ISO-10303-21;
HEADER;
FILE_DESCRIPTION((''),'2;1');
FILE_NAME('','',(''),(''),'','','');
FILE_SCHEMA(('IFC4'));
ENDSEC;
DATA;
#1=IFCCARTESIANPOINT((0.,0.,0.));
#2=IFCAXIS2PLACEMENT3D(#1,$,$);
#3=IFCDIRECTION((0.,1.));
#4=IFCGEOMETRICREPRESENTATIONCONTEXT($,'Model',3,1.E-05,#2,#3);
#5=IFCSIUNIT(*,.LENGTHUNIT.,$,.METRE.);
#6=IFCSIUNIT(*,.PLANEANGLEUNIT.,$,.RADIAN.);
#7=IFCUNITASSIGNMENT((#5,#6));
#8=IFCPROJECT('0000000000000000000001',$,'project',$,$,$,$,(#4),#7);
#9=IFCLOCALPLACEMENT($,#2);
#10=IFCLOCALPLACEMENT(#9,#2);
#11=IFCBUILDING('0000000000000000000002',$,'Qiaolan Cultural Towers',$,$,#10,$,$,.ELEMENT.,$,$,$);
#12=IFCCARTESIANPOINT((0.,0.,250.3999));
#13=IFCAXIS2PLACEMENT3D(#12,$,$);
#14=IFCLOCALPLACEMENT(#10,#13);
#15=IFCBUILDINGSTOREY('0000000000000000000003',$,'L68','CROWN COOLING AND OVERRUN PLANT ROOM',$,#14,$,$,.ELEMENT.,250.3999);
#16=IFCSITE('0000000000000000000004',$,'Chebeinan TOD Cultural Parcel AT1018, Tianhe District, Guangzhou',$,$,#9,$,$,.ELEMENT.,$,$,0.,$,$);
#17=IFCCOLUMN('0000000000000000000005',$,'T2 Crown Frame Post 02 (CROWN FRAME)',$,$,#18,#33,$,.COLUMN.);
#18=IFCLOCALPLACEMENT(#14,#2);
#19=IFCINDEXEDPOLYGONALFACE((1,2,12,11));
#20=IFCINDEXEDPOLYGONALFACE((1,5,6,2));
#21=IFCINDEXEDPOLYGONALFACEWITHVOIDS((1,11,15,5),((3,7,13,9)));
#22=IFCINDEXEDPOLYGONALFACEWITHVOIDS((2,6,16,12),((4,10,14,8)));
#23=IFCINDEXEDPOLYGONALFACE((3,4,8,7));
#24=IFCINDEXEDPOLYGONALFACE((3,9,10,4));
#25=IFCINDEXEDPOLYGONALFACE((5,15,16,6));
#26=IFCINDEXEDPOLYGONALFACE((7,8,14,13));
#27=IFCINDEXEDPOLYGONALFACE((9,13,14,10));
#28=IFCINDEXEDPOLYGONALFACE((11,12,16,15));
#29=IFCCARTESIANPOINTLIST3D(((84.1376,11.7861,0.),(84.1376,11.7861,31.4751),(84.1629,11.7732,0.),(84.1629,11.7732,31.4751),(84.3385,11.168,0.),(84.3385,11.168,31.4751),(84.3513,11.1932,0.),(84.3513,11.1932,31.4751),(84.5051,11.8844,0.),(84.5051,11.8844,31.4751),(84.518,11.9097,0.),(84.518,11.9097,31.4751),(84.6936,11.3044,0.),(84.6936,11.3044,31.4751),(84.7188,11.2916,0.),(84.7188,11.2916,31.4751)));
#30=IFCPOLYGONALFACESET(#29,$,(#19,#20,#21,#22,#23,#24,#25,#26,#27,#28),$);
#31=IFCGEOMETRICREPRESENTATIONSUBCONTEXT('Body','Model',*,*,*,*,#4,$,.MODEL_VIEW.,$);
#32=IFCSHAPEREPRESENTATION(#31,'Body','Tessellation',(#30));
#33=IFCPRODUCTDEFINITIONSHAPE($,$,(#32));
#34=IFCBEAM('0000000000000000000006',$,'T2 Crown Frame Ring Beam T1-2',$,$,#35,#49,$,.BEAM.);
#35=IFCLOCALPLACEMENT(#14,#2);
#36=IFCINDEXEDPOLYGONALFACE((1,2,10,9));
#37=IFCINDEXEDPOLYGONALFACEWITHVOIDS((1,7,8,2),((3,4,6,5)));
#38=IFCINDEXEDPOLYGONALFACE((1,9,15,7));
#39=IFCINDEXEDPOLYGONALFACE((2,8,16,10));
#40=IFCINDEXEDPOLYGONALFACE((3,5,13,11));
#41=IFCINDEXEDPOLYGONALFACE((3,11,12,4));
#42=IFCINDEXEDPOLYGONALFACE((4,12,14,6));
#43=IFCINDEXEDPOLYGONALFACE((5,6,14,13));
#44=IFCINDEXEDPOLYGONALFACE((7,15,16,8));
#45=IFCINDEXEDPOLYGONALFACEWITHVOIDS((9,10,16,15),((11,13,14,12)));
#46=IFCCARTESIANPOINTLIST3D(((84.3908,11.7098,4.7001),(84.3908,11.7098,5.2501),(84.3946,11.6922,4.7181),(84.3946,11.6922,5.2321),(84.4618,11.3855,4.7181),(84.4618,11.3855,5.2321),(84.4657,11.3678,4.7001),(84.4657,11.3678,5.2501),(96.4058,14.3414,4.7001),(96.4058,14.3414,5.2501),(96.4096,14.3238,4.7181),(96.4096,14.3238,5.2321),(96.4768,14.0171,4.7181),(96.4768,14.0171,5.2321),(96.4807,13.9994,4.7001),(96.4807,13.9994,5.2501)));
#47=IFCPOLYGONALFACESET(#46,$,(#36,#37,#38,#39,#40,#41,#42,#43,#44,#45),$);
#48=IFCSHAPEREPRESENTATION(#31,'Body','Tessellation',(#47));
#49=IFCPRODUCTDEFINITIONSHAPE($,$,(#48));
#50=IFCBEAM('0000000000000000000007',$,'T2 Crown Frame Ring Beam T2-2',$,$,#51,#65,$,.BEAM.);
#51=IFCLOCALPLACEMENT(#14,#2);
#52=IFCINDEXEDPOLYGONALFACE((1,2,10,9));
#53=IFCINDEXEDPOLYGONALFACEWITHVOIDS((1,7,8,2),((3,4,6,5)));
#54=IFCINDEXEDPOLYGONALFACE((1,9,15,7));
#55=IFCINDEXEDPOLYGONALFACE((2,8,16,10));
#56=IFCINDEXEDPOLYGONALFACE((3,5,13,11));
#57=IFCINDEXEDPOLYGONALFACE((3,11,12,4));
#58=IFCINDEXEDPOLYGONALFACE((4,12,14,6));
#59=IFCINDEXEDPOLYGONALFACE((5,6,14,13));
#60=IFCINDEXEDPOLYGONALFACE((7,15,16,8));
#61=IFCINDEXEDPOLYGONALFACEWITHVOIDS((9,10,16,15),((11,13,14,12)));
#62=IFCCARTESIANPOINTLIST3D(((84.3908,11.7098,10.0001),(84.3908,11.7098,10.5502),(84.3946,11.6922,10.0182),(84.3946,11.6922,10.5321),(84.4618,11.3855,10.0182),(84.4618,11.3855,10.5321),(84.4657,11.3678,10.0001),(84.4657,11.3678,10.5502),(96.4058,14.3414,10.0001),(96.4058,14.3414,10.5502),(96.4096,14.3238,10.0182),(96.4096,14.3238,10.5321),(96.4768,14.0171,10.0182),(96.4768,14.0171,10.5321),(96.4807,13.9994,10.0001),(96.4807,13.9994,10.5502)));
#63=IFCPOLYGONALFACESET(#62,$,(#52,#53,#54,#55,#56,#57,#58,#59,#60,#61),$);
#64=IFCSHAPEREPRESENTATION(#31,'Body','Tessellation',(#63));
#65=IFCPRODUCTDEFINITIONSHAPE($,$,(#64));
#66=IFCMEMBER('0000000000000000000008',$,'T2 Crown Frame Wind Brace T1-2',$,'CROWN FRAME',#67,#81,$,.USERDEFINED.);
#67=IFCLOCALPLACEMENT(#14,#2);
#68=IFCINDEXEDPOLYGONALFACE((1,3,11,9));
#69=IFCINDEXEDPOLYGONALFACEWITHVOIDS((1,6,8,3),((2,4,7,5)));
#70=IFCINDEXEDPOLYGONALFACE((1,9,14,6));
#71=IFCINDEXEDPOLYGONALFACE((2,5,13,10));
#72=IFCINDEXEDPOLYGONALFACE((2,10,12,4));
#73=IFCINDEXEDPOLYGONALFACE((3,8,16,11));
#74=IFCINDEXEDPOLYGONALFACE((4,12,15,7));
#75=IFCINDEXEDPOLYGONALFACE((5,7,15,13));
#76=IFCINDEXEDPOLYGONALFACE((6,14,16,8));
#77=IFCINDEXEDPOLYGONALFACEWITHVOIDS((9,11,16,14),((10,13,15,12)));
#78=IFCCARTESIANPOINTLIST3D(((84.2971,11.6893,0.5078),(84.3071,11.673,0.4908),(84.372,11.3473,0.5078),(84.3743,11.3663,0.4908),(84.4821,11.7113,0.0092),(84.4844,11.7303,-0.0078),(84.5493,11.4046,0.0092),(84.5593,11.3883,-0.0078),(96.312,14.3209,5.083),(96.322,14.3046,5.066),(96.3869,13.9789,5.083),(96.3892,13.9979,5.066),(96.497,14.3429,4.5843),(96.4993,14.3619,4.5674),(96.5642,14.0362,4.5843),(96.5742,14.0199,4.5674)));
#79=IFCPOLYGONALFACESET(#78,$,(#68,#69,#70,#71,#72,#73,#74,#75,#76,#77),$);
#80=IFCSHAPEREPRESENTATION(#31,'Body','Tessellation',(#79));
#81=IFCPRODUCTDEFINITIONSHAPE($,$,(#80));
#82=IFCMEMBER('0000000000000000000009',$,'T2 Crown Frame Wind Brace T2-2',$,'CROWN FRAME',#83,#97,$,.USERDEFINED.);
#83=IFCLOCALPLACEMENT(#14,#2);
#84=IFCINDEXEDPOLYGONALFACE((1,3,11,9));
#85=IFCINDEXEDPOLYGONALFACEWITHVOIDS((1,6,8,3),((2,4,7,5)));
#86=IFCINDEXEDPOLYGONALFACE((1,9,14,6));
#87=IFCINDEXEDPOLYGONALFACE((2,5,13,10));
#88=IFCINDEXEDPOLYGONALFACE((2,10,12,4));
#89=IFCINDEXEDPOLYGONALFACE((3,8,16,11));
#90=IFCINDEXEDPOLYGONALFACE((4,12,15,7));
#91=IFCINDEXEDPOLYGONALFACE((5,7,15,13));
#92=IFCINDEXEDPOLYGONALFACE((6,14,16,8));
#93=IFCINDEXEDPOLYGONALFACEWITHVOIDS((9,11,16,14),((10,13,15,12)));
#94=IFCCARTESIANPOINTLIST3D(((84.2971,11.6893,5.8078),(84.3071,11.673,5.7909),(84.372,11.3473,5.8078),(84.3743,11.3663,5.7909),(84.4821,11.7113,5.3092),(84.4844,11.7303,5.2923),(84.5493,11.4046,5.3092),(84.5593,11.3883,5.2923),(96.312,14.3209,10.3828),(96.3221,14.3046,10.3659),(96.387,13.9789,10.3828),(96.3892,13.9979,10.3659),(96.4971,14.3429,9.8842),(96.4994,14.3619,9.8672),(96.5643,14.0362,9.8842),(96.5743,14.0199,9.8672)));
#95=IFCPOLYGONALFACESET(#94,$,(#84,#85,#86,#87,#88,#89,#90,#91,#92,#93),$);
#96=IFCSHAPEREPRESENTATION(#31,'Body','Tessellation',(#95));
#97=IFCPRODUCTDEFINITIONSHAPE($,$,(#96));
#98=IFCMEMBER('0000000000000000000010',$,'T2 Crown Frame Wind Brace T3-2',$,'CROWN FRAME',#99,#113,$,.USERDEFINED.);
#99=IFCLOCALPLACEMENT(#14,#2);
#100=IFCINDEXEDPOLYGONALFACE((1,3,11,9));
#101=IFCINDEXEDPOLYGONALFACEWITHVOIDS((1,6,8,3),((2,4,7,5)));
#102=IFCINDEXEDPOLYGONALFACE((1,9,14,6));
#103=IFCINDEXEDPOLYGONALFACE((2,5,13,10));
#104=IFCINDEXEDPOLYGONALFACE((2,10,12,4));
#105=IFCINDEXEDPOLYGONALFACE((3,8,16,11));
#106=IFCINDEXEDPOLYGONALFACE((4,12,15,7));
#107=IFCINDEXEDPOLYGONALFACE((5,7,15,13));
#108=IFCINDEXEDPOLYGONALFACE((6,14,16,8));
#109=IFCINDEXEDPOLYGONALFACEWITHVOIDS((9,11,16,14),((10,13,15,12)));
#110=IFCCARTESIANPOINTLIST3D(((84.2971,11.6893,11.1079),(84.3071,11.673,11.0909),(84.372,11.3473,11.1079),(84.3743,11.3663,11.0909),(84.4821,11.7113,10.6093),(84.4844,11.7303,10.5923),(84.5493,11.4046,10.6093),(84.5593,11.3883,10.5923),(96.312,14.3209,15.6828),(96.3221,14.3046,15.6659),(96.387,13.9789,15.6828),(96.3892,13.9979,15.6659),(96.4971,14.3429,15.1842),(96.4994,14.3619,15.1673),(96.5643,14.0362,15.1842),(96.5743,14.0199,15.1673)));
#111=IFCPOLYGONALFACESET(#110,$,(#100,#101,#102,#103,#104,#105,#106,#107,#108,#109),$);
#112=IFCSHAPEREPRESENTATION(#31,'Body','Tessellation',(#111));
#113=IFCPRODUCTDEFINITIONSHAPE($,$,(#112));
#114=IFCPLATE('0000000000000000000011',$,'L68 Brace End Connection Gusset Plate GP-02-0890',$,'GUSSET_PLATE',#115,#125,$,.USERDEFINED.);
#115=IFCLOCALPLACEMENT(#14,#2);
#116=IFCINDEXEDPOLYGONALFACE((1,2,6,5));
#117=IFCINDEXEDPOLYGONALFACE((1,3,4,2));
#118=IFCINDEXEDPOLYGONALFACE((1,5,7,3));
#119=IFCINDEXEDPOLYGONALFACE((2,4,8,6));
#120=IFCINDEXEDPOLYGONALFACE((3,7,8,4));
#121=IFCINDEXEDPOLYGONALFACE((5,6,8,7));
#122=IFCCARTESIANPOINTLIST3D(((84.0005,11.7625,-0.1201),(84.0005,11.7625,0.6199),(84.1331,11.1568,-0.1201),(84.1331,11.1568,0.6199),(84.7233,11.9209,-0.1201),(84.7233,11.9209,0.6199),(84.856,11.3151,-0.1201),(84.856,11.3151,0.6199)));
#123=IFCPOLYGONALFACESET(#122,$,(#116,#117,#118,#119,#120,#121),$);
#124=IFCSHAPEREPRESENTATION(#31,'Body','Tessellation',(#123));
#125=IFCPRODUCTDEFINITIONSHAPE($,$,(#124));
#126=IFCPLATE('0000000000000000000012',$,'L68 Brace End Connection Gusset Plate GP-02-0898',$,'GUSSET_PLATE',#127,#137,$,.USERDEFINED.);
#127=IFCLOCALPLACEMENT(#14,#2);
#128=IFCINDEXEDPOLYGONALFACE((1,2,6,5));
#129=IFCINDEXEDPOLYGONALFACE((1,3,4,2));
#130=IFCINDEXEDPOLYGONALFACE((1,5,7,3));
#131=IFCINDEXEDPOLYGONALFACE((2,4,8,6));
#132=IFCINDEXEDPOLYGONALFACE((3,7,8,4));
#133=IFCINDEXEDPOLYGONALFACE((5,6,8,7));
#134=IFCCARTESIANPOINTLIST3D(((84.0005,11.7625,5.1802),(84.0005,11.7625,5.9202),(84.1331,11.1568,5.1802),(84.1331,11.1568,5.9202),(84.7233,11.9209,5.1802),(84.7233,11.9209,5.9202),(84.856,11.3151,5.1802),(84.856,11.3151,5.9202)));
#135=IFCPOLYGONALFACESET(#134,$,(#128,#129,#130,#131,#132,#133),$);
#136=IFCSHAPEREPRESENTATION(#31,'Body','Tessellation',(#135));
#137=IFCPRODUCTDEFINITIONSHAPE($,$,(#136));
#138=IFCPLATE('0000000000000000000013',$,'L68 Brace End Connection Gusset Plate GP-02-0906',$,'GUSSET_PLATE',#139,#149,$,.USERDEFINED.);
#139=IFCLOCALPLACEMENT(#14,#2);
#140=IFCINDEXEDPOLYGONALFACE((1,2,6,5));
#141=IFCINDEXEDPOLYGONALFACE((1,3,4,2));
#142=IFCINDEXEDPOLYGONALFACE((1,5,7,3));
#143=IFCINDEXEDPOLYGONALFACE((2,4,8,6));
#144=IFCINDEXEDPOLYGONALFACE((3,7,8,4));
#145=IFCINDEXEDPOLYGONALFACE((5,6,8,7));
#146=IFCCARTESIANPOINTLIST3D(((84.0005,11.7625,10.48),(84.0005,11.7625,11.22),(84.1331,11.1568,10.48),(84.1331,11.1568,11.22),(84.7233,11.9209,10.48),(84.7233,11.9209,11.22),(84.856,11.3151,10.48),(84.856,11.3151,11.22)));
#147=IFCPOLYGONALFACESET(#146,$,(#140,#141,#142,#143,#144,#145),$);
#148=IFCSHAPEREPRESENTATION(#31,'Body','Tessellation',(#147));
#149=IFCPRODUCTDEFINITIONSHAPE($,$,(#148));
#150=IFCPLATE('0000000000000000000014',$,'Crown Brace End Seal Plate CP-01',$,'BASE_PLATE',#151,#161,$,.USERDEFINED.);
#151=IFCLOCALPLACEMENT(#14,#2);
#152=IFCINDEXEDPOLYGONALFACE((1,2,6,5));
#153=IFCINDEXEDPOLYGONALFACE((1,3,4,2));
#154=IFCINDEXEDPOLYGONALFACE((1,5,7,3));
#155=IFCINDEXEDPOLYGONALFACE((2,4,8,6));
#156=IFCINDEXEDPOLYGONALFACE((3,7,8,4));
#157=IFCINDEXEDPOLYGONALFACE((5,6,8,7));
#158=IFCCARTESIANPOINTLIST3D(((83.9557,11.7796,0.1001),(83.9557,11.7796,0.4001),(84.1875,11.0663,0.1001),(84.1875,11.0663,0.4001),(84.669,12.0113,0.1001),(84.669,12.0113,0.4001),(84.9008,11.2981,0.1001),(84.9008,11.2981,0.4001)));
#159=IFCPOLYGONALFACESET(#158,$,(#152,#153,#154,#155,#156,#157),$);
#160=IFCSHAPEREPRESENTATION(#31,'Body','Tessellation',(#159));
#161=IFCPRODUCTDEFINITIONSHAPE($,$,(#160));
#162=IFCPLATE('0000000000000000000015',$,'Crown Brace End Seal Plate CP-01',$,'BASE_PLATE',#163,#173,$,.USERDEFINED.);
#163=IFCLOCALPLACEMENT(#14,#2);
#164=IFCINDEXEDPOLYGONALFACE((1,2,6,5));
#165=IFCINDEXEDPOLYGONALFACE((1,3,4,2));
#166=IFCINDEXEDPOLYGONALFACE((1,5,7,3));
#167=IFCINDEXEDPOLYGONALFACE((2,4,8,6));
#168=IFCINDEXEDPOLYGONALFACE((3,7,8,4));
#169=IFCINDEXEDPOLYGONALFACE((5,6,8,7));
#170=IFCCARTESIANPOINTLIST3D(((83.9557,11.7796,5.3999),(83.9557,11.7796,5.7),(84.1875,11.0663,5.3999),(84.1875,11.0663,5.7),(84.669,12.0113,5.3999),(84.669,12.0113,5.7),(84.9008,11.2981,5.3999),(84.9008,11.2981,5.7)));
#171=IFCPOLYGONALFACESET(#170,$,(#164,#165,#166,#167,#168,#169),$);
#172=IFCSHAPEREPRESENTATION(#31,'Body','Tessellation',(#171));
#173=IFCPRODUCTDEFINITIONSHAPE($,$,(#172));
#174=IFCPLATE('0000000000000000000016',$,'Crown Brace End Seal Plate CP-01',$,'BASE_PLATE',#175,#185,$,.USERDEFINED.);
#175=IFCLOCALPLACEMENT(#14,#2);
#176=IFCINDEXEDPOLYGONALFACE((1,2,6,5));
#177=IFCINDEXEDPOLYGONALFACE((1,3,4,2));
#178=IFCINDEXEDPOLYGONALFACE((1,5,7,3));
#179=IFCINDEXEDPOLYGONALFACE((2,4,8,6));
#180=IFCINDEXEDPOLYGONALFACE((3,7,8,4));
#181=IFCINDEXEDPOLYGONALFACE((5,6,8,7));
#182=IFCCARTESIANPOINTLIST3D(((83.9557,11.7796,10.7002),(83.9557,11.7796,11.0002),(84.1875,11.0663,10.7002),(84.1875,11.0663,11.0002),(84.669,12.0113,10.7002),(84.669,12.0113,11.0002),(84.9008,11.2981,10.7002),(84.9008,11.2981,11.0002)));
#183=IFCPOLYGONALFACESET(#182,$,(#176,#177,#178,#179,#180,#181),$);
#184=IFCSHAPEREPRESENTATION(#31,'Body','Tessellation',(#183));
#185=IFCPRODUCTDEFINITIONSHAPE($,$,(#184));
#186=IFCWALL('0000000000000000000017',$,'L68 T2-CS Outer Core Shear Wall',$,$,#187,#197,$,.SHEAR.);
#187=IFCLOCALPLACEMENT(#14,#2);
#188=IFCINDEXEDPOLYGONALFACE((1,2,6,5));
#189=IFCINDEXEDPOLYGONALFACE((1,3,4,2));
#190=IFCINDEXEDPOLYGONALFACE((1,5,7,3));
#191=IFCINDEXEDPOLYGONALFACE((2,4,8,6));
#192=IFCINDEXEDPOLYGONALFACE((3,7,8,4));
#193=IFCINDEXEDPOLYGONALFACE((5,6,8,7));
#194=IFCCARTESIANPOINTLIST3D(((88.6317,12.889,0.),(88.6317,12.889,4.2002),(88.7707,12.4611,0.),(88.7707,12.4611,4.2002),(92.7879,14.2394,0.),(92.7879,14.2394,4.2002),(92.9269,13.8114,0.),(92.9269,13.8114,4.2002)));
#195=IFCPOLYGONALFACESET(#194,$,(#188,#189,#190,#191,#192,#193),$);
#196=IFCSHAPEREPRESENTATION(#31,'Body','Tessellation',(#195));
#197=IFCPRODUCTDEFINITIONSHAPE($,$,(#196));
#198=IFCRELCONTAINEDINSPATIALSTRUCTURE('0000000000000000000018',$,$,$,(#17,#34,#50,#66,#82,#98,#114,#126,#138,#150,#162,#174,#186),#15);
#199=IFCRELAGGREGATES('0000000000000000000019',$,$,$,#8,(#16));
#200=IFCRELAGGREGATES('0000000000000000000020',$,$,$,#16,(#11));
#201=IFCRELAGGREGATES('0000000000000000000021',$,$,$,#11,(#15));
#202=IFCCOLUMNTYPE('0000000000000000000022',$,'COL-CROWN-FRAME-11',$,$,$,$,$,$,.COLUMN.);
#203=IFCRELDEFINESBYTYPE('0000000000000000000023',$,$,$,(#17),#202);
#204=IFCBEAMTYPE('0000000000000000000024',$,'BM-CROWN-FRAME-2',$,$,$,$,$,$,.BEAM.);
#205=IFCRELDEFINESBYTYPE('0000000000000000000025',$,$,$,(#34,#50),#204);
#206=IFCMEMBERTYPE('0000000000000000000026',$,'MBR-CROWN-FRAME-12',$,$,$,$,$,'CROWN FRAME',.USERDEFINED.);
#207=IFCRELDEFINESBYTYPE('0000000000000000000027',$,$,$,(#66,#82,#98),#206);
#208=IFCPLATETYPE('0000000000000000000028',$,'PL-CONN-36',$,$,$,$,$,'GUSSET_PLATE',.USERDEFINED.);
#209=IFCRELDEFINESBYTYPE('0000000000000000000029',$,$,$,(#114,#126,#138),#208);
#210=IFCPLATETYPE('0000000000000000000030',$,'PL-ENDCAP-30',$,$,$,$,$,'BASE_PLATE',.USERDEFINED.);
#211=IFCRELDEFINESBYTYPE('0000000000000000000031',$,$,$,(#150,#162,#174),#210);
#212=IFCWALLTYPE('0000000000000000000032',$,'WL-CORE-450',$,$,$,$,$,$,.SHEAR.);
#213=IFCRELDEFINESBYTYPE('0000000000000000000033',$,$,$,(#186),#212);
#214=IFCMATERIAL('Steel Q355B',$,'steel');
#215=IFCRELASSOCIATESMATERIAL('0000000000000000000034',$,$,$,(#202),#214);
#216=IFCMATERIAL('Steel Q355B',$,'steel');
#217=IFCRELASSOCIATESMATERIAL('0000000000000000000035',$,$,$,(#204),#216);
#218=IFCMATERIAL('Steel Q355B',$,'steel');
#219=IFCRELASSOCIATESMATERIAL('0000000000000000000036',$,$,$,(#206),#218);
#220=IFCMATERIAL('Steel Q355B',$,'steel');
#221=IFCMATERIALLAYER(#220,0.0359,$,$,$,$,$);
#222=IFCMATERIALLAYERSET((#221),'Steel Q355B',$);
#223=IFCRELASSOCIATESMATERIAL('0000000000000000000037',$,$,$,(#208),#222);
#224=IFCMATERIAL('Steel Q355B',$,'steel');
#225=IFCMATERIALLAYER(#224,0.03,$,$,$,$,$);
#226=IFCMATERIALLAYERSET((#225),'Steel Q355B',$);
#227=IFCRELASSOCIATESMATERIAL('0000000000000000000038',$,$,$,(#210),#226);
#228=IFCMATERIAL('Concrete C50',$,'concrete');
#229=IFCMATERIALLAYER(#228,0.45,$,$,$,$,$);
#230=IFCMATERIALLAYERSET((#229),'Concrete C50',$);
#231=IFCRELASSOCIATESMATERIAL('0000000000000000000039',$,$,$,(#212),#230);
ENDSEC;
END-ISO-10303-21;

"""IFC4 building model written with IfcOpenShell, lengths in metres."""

from ifc_helpers import new_model, si_unit, direction, frame, frame_2d, origin, origin_2d, place, context, subcontext, project, spatial, rectangle, hollow_rectangle, extrude, material, layer, layer_set, material_profile, profile_set, type_object, element, save


model = new_model("IFC4")

# Units and contexts
model_context = context("Model", 3, precision=1e-05, world=origin(), true_north=direction((0.0, 1.0)))
body_context = subcontext(model_context, "Body", "Model", "MODEL_VIEW")
ifc_project = project(units=[si_unit("LENGTHUNIT", "METRE"), si_unit("PLANEANGLEUNIT", "RADIAN")], contexts=[model_context])

# Site, building, storey
site_placement = place(None, origin())
site = spatial("IfcSite", under=ifc_project, at=site_placement, Name="Chebeinan TOD Cultural Parcel AT1018, Tianhe District, Guangzhou", CompositionType="ELEMENT", RefElevation=0.0)
building_placement = place(site_placement, origin())
building = spatial("IfcBuilding", under=site, at=building_placement, Name="Qiaolan Cultural Towers", CompositionType="ELEMENT")
storey_placement = place(building_placement, frame((0.0, 0.0, 250.3999)))
storey = spatial("IfcBuildingStorey", under=building, at=storey_placement, Name="L68", Description="CROWN COOLING AND OVERRUN PLANT ROOM", CompositionType="ELEMENT", Elevation=250.3999)

# Column
ifc_material_1 = material(Name="Steel Q355B", Category="steel")
ifc_material_profile_1 = material_profile(ifc_material_1, hollow_rectangle(XDim=0.3999, YDim=0.6499, WallThickness=0.02, at=origin_2d()), Name="BOX650x400x20")
ifc_profile_set_1 = profile_set([ifc_material_profile_1], Name="Steel Q355B")
column_type = type_object("IfcColumnType", Name="COL-CROWN-FRAME-11", PredefinedType="COLUMN", material=ifc_profile_set_1)
column_placement = place(storey_placement, frame((84.4282, 11.5388, 0.0), z_axis=(0.0, 0.0, 1.0), x_axis=(0.951057, 0.309017, 0.0)))
element("IfcColumn", 1, at=column_placement, inside=storey, type_object=column_type, Name="T2 Crown Frame Post 02 (CROWN FRAME)", PredefinedType="COLUMN", context=body_context, shape_type="SweptSolid", body=[
    extrude(hollow_rectangle(XDim=0.3999, YDim=0.6499, WallThickness=0.02, at=origin_2d()), origin(), (0.0, 0.0, 1.0), 31.4751),
])

# Beams
ifc_material_2 = material(Name="Steel Q355B", Category="steel")
ifc_material_profile_2 = material_profile(ifc_material_2, hollow_rectangle(XDim=0.3501, YDim=0.55, WallThickness=0.0181, at=origin_2d()), Name="BOX550x350x18")
ifc_profile_set_2 = profile_set([ifc_material_profile_2], Name="Steel Q355B")
beam_type = type_object("IfcBeamType", Name="BM-CROWN-FRAME-2", PredefinedType="BEAM", material=ifc_profile_set_2)
for number, where, z_axis, x_axis, name in (
    (2, (84.4282, 11.5388, 4.9751), (0.976843, 0.213956, 0.0), (-0.213956, 0.976843, 0.0), "T2 Crown Frame Ring Beam T1-2"),
    (3, (84.4282, 11.5388, 10.2751), (0.976843, 0.213956, 0.0), (-0.213956, 0.976843, 0.0), "T2 Crown Frame Ring Beam T2-2"),
):
    element("IfcBeam", number, at=place(storey_placement, frame(where, z_axis=z_axis, x_axis=x_axis)), inside=storey, type_object=beam_type, Name=name, PredefinedType="BEAM", context=body_context, shape_type="SweptSolid", body=[
        extrude(hollow_rectangle(XDim=0.3501, YDim=0.55, WallThickness=0.0181, at=origin_2d()), origin(), (0.0, 0.0, 1.0), 12.2998),
    ])

# Members
ifc_material_3 = material(Name="Steel Q355B", Category="steel")
ifc_material_profile_3 = material_profile(ifc_material_3, hollow_rectangle(XDim=0.3501, YDim=0.55, WallThickness=0.0181, at=origin_2d()), Name="BOX550x350x18")
ifc_profile_set_3 = profile_set([ifc_material_profile_3], Name="Steel Q355B")
member_type = type_object("IfcMemberType", Name="MBR-CROWN-FRAME-12", ElementType="CROWN FRAME", PredefinedType="USERDEFINED", material=ifc_profile_set_3)
for number, where, z_axis, x_axis, name in (
    (4, (84.4282, 11.5388, 0.25), (0.915554, 0.200532, 0.348637), (-0.213956, 0.976843, 0.0), "T2 Crown Frame Wind Brace T1-2"),
    (5, (84.4282, 11.5388, 5.55), (0.91556, 0.200533, 0.348621), (-0.213956, 0.976843, 0.0), "T2 Crown Frame Wind Brace T2-2"),
    (6, (84.4282, 11.5388, 10.8501), (0.91556, 0.200533, 0.348621), (-0.213956, 0.976843, 0.0), "T2 Crown Frame Wind Brace T3-2"),
):
    element("IfcMember", number, at=place(storey_placement, frame(where, z_axis=z_axis, x_axis=x_axis)), inside=storey, type_object=member_type, Name=name, ObjectType="CROWN FRAME", PredefinedType="USERDEFINED", context=body_context, shape_type="SweptSolid", body=[
        extrude(hollow_rectangle(XDim=0.3501, YDim=0.55, WallThickness=0.0181, at=origin_2d()), origin(), (0.0, 0.0, 1.0), 13.123),
    ])

# Plates
ifc_material_4 = material(Name="Steel Q355B", Category="steel")
ifc_layer_1 = layer(ifc_material_4, 0.0359)
ifc_layer_set_1 = layer_set([ifc_layer_1], Name="Steel Q355B")
plate_type_1 = type_object("IfcPlateType", Name="PL-CONN-36", ElementType="GUSSET_PLATE", PredefinedType="USERDEFINED", material=ifc_layer_set_1)
for number, where, z_axis, x_axis, name in (
    (7, (84.4282, 11.5388, -0.1201), (0.0, 0.0, 1.0), (0.976843, 0.213956, 0.0), "L68 Brace End Connection Gusset Plate GP-02-0890"),
    (8, (84.4282, 11.5388, 5.1802), (0.0, 0.0, 1.0), (0.976843, 0.213956, 0.0), "L68 Brace End Connection Gusset Plate GP-02-0898"),
    (9, (84.4282, 11.5388, 10.48), (0.0, 0.0, 1.0), (0.976843, 0.213956, 0.0), "L68 Brace End Connection Gusset Plate GP-02-0906"),
):
    element("IfcPlate", number, at=place(storey_placement, frame(where, z_axis=z_axis, x_axis=x_axis)), inside=storey, type_object=plate_type_1, Name=name, ObjectType="GUSSET_PLATE", PredefinedType="USERDEFINED", context=body_context, shape_type="SweptSolid", body=[
        extrude(rectangle(XDim=0.74, YDim=0.6201, at=origin_2d()), origin(), (0.0, 0.0, 1.0), 0.74),
    ])
ifc_material_5 = material(Name="Steel Q355B", Category="steel")
ifc_layer_2 = layer(ifc_material_5, 0.03)
ifc_layer_set_2 = layer_set([ifc_layer_2], Name="Steel Q355B")
plate_type_2 = type_object("IfcPlateType", Name="PL-ENDCAP-30", ElementType="BASE_PLATE", PredefinedType="USERDEFINED", material=ifc_layer_set_2)
for number, where, z_axis, x_axis, name in (
    (10, (84.4282, 11.5388, 0.1001), (0.0, 0.0, 1.0), (0.951057, 0.309017, 0.0), "Crown Brace End Seal Plate CP-01"),
    (11, (84.4282, 11.5388, 5.3999), (0.0, 0.0, 1.0), (0.951057, 0.309017, 0.0), "Crown Brace End Seal Plate CP-01"),
    (12, (84.4282, 11.5388, 10.7002), (0.0, 0.0, 1.0), (0.951057, 0.309017, 0.0), "Crown Brace End Seal Plate CP-01"),
):
    element("IfcPlate", number, at=place(storey_placement, frame(where, z_axis=z_axis, x_axis=x_axis)), inside=storey, type_object=plate_type_2, Name=name, ObjectType="BASE_PLATE", PredefinedType="USERDEFINED", context=body_context, shape_type="SweptSolid", body=[
        extrude(rectangle(XDim=0.75, YDim=0.75, at=origin_2d()), origin(), (0.0, 0.0, 1.0), 0.3),
    ])

# Wall
ifc_material_6 = material(Name="Concrete C50", Category="concrete")
ifc_layer_3 = layer(ifc_material_6, 0.45)
ifc_layer_set_3 = layer_set([ifc_layer_3], Name="Concrete C50")
wall_type_1 = type_object("IfcWallType", Name="WL-CORE-450", PredefinedType="SHEAR", material=ifc_layer_set_3)
wall_1_placement = place(storey_placement, frame((88.7012, 12.675, 0.0), z_axis=(0.0, 0.0, 1.0), x_axis=(0.951064, 0.308995, 0.0)))
element("IfcWall", 13, at=wall_1_placement, inside=storey, type_object=wall_type_1, Name="L68 T2-CS Outer Core Shear Wall", PredefinedType="SHEAR", context=body_context, shape_type="SweptSolid", body=[
    extrude(rectangle(XDim=4.3701, YDim=0.45, at=frame_2d((2.1851, 0.0))), origin(), (0.0, 0.0, 1.0), 4.2002),
])

save(model, "model.ifc")
